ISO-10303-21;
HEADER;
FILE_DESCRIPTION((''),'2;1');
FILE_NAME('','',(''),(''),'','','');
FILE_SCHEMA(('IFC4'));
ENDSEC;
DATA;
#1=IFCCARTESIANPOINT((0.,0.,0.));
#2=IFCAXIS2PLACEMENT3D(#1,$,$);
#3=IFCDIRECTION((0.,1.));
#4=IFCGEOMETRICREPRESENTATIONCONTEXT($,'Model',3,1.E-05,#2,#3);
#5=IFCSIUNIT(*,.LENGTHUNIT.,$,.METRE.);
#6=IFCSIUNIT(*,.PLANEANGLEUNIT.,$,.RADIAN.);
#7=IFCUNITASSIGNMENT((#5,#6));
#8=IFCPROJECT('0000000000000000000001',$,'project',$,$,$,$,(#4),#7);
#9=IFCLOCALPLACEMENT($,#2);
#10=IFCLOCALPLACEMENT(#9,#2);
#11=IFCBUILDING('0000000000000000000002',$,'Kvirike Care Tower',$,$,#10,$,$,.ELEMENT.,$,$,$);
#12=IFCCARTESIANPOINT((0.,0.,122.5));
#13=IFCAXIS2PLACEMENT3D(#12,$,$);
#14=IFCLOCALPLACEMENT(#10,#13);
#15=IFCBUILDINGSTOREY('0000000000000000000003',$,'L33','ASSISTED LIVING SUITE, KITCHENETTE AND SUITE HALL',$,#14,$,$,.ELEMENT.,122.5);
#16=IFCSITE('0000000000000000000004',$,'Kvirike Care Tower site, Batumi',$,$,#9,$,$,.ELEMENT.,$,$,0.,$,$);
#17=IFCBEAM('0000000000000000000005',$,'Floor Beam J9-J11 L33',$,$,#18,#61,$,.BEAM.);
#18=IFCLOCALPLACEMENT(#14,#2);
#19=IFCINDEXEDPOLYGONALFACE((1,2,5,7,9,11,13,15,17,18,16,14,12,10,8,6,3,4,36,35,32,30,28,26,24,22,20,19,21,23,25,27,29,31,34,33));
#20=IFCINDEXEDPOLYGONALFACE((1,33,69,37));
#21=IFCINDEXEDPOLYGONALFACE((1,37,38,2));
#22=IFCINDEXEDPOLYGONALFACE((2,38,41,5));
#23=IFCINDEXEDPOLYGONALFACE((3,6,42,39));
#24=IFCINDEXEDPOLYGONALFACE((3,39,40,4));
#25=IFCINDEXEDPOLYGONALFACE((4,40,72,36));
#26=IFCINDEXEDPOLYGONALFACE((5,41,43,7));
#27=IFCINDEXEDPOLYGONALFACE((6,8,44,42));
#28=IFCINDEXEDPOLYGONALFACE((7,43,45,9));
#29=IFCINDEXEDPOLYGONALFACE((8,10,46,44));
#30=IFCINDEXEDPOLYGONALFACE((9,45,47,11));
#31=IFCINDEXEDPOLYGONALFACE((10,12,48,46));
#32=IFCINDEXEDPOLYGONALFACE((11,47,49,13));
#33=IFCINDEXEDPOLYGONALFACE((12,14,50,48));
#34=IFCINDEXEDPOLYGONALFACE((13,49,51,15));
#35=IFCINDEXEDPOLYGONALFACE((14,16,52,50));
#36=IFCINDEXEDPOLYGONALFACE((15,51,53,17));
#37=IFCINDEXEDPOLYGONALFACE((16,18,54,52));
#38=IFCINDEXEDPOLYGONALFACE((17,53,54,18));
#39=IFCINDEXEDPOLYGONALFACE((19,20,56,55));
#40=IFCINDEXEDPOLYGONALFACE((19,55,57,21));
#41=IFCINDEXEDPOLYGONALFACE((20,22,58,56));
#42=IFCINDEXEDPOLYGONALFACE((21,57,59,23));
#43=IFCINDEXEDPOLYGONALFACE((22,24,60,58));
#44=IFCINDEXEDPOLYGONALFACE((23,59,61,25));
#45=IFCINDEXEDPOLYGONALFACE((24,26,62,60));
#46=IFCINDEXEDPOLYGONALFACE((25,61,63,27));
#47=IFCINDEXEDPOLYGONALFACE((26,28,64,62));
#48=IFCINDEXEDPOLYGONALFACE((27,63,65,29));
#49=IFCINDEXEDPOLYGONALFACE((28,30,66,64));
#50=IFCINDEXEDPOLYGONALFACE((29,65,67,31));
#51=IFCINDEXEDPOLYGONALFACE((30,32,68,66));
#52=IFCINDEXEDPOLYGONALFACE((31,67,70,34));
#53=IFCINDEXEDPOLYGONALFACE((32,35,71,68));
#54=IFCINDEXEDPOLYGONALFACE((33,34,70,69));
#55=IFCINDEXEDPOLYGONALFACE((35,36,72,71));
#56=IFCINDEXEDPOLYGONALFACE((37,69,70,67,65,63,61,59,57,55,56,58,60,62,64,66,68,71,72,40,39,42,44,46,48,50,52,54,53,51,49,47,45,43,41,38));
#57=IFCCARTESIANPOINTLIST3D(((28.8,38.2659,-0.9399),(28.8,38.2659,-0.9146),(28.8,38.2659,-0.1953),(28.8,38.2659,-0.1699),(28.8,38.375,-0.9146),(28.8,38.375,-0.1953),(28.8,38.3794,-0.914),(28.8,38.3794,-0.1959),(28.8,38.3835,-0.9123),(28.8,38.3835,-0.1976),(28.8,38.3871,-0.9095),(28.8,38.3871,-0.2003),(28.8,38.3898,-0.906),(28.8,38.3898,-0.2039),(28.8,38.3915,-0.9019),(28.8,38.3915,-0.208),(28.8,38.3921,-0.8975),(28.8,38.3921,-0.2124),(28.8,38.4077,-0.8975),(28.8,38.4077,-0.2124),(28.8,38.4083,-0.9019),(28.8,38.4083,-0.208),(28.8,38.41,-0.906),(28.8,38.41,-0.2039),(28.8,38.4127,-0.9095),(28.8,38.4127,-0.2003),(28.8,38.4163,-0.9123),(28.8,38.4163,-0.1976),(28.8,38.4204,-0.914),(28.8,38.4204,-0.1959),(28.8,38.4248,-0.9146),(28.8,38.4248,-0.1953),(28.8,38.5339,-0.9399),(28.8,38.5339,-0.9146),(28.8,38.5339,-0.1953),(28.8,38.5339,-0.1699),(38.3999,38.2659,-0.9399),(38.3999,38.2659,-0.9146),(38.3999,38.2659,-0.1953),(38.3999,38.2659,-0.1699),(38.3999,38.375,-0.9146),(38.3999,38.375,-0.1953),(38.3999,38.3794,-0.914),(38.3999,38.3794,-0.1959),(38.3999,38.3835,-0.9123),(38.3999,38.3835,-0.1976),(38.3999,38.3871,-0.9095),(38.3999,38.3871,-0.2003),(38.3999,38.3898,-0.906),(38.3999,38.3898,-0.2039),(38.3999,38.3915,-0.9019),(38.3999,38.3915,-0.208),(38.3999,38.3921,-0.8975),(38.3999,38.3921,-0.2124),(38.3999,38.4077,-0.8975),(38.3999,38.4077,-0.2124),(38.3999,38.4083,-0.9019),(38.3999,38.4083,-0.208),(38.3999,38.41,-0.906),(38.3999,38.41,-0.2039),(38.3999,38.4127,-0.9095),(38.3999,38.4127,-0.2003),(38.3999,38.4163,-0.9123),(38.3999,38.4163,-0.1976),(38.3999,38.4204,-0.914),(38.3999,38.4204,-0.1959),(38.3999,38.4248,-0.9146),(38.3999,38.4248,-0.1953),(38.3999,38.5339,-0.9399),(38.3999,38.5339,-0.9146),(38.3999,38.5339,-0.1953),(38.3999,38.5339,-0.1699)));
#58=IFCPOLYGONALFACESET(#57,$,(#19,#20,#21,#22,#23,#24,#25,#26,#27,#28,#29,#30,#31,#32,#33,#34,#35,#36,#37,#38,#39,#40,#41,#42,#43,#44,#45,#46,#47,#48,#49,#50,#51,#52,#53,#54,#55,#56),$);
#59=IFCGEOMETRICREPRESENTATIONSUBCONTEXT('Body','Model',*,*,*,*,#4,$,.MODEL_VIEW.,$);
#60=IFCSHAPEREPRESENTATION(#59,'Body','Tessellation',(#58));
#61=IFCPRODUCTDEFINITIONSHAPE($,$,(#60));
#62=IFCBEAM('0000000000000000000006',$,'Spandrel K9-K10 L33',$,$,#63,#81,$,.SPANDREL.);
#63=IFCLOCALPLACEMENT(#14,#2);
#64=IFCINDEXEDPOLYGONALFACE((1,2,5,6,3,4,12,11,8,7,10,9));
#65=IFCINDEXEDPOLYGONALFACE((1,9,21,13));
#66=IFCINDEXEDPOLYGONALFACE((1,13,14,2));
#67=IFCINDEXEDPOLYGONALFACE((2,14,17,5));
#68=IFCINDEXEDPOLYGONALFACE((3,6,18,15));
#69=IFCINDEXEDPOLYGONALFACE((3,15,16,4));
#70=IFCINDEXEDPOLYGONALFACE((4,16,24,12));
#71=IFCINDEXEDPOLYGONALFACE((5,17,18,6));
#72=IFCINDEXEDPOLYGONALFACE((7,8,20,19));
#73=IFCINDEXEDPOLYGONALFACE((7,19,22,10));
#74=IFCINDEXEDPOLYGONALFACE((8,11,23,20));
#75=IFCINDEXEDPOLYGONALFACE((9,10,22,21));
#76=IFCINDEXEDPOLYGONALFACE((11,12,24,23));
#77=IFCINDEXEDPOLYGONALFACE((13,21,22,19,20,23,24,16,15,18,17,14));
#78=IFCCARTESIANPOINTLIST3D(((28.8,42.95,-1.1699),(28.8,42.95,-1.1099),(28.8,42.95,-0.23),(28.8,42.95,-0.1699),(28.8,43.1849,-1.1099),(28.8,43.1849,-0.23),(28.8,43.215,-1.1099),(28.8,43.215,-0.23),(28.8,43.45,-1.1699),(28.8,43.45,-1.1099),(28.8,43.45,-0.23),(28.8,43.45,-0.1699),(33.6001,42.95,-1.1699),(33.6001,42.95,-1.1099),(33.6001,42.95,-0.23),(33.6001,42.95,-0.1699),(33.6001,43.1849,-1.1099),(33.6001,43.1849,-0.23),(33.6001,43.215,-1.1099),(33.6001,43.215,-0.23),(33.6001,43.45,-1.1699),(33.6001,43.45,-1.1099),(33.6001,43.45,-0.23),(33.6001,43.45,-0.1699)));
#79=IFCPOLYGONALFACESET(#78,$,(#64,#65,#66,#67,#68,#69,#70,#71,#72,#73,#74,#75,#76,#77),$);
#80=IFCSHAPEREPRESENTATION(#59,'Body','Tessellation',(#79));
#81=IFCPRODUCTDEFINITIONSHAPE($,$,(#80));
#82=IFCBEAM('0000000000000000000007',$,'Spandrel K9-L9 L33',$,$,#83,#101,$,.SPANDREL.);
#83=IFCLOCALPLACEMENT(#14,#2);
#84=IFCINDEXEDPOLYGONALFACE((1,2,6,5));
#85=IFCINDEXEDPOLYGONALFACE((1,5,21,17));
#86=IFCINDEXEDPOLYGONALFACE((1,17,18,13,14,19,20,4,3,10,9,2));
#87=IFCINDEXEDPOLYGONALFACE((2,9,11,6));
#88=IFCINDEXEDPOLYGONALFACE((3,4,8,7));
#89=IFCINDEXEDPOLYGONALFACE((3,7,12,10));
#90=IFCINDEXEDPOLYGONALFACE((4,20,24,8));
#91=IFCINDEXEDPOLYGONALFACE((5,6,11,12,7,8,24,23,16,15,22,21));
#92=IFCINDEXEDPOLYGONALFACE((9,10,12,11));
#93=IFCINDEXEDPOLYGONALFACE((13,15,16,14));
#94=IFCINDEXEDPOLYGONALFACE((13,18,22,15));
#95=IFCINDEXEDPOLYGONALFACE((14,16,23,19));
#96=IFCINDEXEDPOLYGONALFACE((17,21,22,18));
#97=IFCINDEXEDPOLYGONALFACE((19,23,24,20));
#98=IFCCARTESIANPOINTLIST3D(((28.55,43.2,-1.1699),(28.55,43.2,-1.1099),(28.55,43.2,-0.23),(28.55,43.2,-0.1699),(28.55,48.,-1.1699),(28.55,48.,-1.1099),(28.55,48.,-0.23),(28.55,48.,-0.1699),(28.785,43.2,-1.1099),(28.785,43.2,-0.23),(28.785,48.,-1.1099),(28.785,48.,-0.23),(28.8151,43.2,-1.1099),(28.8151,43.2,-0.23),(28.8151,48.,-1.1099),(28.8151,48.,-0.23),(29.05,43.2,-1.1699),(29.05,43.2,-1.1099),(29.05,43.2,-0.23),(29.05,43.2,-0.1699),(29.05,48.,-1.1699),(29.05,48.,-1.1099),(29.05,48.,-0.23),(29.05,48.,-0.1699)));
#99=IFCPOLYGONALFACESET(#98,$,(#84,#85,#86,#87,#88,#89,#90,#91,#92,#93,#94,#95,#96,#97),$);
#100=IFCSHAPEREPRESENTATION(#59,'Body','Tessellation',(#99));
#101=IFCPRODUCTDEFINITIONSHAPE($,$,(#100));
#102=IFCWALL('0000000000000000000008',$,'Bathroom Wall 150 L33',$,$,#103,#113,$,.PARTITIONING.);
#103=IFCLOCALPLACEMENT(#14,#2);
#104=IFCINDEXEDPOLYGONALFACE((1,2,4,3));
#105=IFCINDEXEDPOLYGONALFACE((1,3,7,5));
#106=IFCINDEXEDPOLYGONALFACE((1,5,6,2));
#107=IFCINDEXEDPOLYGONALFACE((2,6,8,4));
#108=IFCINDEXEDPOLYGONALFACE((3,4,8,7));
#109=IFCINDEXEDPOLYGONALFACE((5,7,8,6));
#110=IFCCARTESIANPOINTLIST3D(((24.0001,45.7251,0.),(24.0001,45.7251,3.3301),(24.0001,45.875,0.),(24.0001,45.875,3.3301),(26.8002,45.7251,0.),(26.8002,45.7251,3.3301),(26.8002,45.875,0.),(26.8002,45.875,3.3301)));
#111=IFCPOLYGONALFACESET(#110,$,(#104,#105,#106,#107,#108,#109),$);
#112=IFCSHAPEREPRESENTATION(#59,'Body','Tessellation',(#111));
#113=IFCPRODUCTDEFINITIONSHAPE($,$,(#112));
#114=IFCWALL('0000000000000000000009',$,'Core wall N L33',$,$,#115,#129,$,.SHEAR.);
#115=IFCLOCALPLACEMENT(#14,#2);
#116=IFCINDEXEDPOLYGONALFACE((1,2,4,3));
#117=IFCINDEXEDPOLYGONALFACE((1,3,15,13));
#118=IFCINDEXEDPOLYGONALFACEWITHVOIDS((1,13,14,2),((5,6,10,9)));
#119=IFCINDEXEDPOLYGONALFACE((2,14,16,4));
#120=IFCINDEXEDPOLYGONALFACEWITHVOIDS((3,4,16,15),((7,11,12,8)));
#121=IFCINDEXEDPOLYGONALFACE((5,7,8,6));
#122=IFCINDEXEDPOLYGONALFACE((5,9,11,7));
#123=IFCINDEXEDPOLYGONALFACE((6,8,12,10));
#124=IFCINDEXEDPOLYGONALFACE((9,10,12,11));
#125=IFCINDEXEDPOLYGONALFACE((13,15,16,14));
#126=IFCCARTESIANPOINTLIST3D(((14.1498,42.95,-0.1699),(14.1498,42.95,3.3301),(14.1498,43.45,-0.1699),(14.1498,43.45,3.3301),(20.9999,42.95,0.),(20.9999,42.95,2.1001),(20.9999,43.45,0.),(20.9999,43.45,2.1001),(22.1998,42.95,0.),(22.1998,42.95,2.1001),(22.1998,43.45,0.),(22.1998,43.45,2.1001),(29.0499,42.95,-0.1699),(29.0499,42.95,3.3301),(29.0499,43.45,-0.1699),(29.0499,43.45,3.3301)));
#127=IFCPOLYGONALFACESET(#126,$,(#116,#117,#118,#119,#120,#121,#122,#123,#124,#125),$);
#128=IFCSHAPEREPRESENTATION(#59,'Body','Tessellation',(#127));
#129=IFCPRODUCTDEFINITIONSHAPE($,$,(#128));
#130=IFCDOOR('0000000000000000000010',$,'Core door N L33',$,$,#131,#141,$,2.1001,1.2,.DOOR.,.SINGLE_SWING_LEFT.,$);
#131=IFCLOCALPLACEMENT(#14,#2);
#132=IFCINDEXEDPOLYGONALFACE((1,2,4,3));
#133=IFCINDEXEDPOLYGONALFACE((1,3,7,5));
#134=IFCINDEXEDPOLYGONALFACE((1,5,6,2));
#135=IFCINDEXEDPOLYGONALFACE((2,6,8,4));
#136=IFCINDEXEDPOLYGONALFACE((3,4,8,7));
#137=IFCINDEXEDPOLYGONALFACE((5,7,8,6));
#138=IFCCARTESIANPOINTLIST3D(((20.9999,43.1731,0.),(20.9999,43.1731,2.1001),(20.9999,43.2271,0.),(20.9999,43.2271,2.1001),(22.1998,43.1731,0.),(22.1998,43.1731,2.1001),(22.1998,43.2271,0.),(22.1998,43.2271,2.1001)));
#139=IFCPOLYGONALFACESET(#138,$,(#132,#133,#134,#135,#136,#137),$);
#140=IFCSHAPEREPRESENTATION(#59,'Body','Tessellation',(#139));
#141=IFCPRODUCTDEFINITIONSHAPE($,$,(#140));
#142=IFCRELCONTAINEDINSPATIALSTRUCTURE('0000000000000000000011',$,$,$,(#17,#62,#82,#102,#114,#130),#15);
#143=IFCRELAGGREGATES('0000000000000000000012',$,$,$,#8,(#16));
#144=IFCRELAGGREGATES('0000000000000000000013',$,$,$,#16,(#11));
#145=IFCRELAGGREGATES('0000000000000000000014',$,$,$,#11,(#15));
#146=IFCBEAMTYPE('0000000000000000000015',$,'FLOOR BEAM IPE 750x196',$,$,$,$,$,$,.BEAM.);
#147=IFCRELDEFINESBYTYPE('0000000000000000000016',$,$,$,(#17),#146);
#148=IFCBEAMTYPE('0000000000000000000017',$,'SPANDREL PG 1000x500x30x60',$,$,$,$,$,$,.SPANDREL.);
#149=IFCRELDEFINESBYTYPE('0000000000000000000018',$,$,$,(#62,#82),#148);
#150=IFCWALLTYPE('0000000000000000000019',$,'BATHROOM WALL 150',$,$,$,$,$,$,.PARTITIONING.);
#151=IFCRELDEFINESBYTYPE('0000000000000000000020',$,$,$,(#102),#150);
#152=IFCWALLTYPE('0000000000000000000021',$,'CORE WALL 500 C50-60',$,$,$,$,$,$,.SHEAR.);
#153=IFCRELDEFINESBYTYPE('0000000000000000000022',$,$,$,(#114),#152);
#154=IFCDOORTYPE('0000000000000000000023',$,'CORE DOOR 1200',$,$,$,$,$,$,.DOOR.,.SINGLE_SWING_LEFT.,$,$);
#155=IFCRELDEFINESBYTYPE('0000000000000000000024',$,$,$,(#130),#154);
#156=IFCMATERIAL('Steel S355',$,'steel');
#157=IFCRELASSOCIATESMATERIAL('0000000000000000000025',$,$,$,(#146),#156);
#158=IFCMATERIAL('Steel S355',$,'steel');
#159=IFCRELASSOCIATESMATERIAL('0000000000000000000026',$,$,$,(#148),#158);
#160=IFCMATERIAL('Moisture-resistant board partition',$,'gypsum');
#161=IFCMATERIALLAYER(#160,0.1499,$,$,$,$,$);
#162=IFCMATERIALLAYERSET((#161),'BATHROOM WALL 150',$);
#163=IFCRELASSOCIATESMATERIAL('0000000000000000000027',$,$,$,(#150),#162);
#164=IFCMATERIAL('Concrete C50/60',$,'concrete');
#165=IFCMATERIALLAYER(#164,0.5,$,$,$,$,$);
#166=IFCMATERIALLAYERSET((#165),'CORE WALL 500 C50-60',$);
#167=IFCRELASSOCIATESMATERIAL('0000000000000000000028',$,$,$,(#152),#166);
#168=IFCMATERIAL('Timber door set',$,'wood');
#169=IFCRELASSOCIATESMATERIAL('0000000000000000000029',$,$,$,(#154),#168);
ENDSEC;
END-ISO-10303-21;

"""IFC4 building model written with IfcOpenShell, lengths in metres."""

from ifc_helpers import new_model, si_unit, direction, frame, frame_2d, origin, origin_2d, place, context, subcontext, project, spatial, rectangle, i_section, extrude, material, layer, layer_set, material_profile, profile_set, type_object, element, fill, save


model = new_model("IFC4")

# Units and contexts
model_context = context("Model", 3, precision=1e-05, world=origin(), true_north=direction((0.0, 1.0)))
body_context = subcontext(model_context, "Body", "Model", "MODEL_VIEW")
ifc_project = project(units=[si_unit("LENGTHUNIT", "METRE"), si_unit("PLANEANGLEUNIT", "RADIAN")], contexts=[model_context])

# Site, building, storey
site_placement = place(None, origin())
site = spatial("IfcSite", under=ifc_project, at=site_placement, Name="Kvirike Care Tower site, Batumi", CompositionType="ELEMENT", RefElevation=0.0)
building_placement = place(site_placement, origin())
building = spatial("IfcBuilding", under=site, at=building_placement, Name="Kvirike Care Tower", CompositionType="ELEMENT")
storey_placement = place(building_placement, frame((0.0, 0.0, 122.5)))
storey = spatial("IfcBuildingStorey", under=building, at=storey_placement, Name="L33", Description="ASSISTED LIVING SUITE, KITCHENETTE AND SUITE HALL", CompositionType="ELEMENT", Elevation=122.5)

# Beams
ifc_material_1 = material(Name="Steel S355", Category="steel")
ifc_material_profile_1 = material_profile(ifc_material_1, i_section(OverallWidth=0.2681, OverallDepth=0.77, WebThickness=0.0156, FlangeThickness=0.0254, FilletRadius=0.0171, at=origin_2d()), Name="IPE 750x196")
ifc_profile_set_1 = profile_set([ifc_material_profile_1], Name="Steel S355")
beam_type_1 = type_object("IfcBeamType", Name="FLOOR BEAM IPE 750x196", PredefinedType="BEAM", material=ifc_profile_set_1)
beam_placement = place(storey_placement, frame((28.8, 38.3999, -0.5549), z_axis=(1.0, 0.0, 0.0), x_axis=(0.0, 1.0, 0.0)))
element("IfcBeam", 1, at=beam_placement, inside=storey, type_object=beam_type_1, Name="Floor Beam J9-J11 L33", PredefinedType="BEAM", context=body_context, shape_type="SweptSolid", body=[
    extrude(i_section(OverallWidth=0.2681, OverallDepth=0.77, WebThickness=0.0156, FlangeThickness=0.0254, FilletRadius=0.0171, at=origin_2d()), origin(), (0.0, 0.0, 1.0), 9.5999),
])
ifc_material_2 = material(Name="Steel S355", Category="steel")
ifc_material_profile_2 = material_profile(ifc_material_2, i_section(OverallWidth=0.5, OverallDepth=1.0, WebThickness=0.03, FlangeThickness=0.0601, at=origin_2d()), Name="PG 1000x500x30x60")
ifc_profile_set_2 = profile_set([ifc_material_profile_2], Name="Steel S355")
beam_type_2 = type_object("IfcBeamType", Name="SPANDREL PG 1000x500x30x60", PredefinedType="SPANDREL", material=ifc_profile_set_2)
for number, where, z_axis, x_axis, name in (
    (2, (28.8, 43.2, -0.6699), (1.0, 0.0, 0.0), (0.0, 1.0, 0.0), "Spandrel K9-K10 L33"),
    (3, (28.8, 43.2, -0.6699), (0.0, 1.0, 0.0), (-1.0, 0.0, 0.0), "Spandrel K9-L9 L33"),
):
    element("IfcBeam", number, at=place(storey_placement, frame(where, z_axis=z_axis, x_axis=x_axis)), inside=storey, type_object=beam_type_2, Name=name, PredefinedType="SPANDREL", context=body_context, shape_type="SweptSolid", body=[
        extrude(i_section(OverallWidth=0.5, OverallDepth=1.0, WebThickness=0.03, FlangeThickness=0.0601, at=origin_2d()), origin(), (0.0, 0.0, 1.0), 4.8),
    ])

# Wall
ifc_material_3 = material(Name="Moisture-resistant board partition", Category="gypsum")
ifc_layer_1 = layer(ifc_material_3, 0.1499)
ifc_layer_set_1 = layer_set([ifc_layer_1], Name="BATHROOM WALL 150")
wall_type_1 = type_object("IfcWallType", Name="BATHROOM WALL 150", PredefinedType="PARTITIONING", material=ifc_layer_set_1)
wall_1_placement = place(storey_placement, frame((26.8, 45.8, 0.0), z_axis=(0.0, 0.0, 1.0), x_axis=(-1.0, 0.0, 0.0)))
element("IfcWall", 4, at=wall_1_placement, inside=storey, type_object=wall_type_1, Name="Bathroom Wall 150 L33", PredefinedType="PARTITIONING", context=body_context, shape_type="SweptSolid", body=[
    extrude(rectangle(XDim=2.8, YDim=0.1499, at=frame_2d((1.3999, 0.0))), origin(), (0.0, 0.0, 1.0), 3.3301),
])

# Wall, opening, door
ifc_material_4 = material(Name="Concrete C50/60", Category="concrete")
ifc_layer_2 = layer(ifc_material_4, 0.5)
ifc_layer_set_2 = layer_set([ifc_layer_2], Name="CORE WALL 500 C50-60")
wall_type_2 = type_object("IfcWallType", Name="CORE WALL 500 C50-60", PredefinedType="SHEAR", material=ifc_layer_set_2)
wall_2_placement = place(storey_placement, frame((29.05, 43.2, -0.1699), z_axis=(0.0, 0.0, 1.0), x_axis=(-1.0, 0.0, 0.0)))
wall_2 = element("IfcWall", 5, at=wall_2_placement, inside=storey, type_object=wall_type_2, Name="Core wall N L33", PredefinedType="SHEAR", context=body_context, shape_type="SweptSolid", body=[
    extrude(rectangle(XDim=14.9001, YDim=0.5, at=frame_2d((7.4502, 0.0))), origin(), (0.0, 0.0, 1.0), 3.5),
])
opening_1_placement = place(wall_2_placement, frame((6.8501, 0.0, 0.1699)))
opening_1 = element("IfcOpeningElement", 6, at=opening_1_placement, cuts=wall_2, PredefinedType="OPENING", context=body_context, shape_type="SweptSolid", body=[
    extrude(rectangle(XDim=1.2, YDim=2.1001, at=frame_2d((0.6001, 1.05))), frame((0.0, 0.2605, 0.0), z_axis=(0.0, -1.0, 0.0), x_axis=(1.0, 0.0, 0.0)), (0.0, 0.0, 1.0), 0.521),
])
ifc_material_5 = material(Name="Timber door set", Category="wood")
door_type_1 = type_object("IfcDoorType", Name="CORE DOOR 1200", OperationType="SINGLE_SWING_LEFT", PredefinedType="DOOR", material=ifc_material_5)
door_1_placement = place(opening_1_placement, origin())
door_1 = element("IfcDoor", 7, at=door_1_placement, inside=storey, type_object=door_type_1, Name="Core door N L33", OperationType="SINGLE_SWING_LEFT", OverallHeight=2.1001, OverallWidth=1.2, PredefinedType="DOOR", context=body_context, shape_type="SweptSolid", body=[
    extrude(rectangle(XDim=1.2, YDim=2.1001, at=frame_2d((0.6001, 1.05))), frame((0.0, 0.0269, 0.0), z_axis=(0.0, -1.0, 0.0), x_axis=(1.0, 0.0, 0.0)), (0.0, 0.0, 1.0), 0.054),
])
fill(opening_1, door_1)

save(model, "model.ifc")
